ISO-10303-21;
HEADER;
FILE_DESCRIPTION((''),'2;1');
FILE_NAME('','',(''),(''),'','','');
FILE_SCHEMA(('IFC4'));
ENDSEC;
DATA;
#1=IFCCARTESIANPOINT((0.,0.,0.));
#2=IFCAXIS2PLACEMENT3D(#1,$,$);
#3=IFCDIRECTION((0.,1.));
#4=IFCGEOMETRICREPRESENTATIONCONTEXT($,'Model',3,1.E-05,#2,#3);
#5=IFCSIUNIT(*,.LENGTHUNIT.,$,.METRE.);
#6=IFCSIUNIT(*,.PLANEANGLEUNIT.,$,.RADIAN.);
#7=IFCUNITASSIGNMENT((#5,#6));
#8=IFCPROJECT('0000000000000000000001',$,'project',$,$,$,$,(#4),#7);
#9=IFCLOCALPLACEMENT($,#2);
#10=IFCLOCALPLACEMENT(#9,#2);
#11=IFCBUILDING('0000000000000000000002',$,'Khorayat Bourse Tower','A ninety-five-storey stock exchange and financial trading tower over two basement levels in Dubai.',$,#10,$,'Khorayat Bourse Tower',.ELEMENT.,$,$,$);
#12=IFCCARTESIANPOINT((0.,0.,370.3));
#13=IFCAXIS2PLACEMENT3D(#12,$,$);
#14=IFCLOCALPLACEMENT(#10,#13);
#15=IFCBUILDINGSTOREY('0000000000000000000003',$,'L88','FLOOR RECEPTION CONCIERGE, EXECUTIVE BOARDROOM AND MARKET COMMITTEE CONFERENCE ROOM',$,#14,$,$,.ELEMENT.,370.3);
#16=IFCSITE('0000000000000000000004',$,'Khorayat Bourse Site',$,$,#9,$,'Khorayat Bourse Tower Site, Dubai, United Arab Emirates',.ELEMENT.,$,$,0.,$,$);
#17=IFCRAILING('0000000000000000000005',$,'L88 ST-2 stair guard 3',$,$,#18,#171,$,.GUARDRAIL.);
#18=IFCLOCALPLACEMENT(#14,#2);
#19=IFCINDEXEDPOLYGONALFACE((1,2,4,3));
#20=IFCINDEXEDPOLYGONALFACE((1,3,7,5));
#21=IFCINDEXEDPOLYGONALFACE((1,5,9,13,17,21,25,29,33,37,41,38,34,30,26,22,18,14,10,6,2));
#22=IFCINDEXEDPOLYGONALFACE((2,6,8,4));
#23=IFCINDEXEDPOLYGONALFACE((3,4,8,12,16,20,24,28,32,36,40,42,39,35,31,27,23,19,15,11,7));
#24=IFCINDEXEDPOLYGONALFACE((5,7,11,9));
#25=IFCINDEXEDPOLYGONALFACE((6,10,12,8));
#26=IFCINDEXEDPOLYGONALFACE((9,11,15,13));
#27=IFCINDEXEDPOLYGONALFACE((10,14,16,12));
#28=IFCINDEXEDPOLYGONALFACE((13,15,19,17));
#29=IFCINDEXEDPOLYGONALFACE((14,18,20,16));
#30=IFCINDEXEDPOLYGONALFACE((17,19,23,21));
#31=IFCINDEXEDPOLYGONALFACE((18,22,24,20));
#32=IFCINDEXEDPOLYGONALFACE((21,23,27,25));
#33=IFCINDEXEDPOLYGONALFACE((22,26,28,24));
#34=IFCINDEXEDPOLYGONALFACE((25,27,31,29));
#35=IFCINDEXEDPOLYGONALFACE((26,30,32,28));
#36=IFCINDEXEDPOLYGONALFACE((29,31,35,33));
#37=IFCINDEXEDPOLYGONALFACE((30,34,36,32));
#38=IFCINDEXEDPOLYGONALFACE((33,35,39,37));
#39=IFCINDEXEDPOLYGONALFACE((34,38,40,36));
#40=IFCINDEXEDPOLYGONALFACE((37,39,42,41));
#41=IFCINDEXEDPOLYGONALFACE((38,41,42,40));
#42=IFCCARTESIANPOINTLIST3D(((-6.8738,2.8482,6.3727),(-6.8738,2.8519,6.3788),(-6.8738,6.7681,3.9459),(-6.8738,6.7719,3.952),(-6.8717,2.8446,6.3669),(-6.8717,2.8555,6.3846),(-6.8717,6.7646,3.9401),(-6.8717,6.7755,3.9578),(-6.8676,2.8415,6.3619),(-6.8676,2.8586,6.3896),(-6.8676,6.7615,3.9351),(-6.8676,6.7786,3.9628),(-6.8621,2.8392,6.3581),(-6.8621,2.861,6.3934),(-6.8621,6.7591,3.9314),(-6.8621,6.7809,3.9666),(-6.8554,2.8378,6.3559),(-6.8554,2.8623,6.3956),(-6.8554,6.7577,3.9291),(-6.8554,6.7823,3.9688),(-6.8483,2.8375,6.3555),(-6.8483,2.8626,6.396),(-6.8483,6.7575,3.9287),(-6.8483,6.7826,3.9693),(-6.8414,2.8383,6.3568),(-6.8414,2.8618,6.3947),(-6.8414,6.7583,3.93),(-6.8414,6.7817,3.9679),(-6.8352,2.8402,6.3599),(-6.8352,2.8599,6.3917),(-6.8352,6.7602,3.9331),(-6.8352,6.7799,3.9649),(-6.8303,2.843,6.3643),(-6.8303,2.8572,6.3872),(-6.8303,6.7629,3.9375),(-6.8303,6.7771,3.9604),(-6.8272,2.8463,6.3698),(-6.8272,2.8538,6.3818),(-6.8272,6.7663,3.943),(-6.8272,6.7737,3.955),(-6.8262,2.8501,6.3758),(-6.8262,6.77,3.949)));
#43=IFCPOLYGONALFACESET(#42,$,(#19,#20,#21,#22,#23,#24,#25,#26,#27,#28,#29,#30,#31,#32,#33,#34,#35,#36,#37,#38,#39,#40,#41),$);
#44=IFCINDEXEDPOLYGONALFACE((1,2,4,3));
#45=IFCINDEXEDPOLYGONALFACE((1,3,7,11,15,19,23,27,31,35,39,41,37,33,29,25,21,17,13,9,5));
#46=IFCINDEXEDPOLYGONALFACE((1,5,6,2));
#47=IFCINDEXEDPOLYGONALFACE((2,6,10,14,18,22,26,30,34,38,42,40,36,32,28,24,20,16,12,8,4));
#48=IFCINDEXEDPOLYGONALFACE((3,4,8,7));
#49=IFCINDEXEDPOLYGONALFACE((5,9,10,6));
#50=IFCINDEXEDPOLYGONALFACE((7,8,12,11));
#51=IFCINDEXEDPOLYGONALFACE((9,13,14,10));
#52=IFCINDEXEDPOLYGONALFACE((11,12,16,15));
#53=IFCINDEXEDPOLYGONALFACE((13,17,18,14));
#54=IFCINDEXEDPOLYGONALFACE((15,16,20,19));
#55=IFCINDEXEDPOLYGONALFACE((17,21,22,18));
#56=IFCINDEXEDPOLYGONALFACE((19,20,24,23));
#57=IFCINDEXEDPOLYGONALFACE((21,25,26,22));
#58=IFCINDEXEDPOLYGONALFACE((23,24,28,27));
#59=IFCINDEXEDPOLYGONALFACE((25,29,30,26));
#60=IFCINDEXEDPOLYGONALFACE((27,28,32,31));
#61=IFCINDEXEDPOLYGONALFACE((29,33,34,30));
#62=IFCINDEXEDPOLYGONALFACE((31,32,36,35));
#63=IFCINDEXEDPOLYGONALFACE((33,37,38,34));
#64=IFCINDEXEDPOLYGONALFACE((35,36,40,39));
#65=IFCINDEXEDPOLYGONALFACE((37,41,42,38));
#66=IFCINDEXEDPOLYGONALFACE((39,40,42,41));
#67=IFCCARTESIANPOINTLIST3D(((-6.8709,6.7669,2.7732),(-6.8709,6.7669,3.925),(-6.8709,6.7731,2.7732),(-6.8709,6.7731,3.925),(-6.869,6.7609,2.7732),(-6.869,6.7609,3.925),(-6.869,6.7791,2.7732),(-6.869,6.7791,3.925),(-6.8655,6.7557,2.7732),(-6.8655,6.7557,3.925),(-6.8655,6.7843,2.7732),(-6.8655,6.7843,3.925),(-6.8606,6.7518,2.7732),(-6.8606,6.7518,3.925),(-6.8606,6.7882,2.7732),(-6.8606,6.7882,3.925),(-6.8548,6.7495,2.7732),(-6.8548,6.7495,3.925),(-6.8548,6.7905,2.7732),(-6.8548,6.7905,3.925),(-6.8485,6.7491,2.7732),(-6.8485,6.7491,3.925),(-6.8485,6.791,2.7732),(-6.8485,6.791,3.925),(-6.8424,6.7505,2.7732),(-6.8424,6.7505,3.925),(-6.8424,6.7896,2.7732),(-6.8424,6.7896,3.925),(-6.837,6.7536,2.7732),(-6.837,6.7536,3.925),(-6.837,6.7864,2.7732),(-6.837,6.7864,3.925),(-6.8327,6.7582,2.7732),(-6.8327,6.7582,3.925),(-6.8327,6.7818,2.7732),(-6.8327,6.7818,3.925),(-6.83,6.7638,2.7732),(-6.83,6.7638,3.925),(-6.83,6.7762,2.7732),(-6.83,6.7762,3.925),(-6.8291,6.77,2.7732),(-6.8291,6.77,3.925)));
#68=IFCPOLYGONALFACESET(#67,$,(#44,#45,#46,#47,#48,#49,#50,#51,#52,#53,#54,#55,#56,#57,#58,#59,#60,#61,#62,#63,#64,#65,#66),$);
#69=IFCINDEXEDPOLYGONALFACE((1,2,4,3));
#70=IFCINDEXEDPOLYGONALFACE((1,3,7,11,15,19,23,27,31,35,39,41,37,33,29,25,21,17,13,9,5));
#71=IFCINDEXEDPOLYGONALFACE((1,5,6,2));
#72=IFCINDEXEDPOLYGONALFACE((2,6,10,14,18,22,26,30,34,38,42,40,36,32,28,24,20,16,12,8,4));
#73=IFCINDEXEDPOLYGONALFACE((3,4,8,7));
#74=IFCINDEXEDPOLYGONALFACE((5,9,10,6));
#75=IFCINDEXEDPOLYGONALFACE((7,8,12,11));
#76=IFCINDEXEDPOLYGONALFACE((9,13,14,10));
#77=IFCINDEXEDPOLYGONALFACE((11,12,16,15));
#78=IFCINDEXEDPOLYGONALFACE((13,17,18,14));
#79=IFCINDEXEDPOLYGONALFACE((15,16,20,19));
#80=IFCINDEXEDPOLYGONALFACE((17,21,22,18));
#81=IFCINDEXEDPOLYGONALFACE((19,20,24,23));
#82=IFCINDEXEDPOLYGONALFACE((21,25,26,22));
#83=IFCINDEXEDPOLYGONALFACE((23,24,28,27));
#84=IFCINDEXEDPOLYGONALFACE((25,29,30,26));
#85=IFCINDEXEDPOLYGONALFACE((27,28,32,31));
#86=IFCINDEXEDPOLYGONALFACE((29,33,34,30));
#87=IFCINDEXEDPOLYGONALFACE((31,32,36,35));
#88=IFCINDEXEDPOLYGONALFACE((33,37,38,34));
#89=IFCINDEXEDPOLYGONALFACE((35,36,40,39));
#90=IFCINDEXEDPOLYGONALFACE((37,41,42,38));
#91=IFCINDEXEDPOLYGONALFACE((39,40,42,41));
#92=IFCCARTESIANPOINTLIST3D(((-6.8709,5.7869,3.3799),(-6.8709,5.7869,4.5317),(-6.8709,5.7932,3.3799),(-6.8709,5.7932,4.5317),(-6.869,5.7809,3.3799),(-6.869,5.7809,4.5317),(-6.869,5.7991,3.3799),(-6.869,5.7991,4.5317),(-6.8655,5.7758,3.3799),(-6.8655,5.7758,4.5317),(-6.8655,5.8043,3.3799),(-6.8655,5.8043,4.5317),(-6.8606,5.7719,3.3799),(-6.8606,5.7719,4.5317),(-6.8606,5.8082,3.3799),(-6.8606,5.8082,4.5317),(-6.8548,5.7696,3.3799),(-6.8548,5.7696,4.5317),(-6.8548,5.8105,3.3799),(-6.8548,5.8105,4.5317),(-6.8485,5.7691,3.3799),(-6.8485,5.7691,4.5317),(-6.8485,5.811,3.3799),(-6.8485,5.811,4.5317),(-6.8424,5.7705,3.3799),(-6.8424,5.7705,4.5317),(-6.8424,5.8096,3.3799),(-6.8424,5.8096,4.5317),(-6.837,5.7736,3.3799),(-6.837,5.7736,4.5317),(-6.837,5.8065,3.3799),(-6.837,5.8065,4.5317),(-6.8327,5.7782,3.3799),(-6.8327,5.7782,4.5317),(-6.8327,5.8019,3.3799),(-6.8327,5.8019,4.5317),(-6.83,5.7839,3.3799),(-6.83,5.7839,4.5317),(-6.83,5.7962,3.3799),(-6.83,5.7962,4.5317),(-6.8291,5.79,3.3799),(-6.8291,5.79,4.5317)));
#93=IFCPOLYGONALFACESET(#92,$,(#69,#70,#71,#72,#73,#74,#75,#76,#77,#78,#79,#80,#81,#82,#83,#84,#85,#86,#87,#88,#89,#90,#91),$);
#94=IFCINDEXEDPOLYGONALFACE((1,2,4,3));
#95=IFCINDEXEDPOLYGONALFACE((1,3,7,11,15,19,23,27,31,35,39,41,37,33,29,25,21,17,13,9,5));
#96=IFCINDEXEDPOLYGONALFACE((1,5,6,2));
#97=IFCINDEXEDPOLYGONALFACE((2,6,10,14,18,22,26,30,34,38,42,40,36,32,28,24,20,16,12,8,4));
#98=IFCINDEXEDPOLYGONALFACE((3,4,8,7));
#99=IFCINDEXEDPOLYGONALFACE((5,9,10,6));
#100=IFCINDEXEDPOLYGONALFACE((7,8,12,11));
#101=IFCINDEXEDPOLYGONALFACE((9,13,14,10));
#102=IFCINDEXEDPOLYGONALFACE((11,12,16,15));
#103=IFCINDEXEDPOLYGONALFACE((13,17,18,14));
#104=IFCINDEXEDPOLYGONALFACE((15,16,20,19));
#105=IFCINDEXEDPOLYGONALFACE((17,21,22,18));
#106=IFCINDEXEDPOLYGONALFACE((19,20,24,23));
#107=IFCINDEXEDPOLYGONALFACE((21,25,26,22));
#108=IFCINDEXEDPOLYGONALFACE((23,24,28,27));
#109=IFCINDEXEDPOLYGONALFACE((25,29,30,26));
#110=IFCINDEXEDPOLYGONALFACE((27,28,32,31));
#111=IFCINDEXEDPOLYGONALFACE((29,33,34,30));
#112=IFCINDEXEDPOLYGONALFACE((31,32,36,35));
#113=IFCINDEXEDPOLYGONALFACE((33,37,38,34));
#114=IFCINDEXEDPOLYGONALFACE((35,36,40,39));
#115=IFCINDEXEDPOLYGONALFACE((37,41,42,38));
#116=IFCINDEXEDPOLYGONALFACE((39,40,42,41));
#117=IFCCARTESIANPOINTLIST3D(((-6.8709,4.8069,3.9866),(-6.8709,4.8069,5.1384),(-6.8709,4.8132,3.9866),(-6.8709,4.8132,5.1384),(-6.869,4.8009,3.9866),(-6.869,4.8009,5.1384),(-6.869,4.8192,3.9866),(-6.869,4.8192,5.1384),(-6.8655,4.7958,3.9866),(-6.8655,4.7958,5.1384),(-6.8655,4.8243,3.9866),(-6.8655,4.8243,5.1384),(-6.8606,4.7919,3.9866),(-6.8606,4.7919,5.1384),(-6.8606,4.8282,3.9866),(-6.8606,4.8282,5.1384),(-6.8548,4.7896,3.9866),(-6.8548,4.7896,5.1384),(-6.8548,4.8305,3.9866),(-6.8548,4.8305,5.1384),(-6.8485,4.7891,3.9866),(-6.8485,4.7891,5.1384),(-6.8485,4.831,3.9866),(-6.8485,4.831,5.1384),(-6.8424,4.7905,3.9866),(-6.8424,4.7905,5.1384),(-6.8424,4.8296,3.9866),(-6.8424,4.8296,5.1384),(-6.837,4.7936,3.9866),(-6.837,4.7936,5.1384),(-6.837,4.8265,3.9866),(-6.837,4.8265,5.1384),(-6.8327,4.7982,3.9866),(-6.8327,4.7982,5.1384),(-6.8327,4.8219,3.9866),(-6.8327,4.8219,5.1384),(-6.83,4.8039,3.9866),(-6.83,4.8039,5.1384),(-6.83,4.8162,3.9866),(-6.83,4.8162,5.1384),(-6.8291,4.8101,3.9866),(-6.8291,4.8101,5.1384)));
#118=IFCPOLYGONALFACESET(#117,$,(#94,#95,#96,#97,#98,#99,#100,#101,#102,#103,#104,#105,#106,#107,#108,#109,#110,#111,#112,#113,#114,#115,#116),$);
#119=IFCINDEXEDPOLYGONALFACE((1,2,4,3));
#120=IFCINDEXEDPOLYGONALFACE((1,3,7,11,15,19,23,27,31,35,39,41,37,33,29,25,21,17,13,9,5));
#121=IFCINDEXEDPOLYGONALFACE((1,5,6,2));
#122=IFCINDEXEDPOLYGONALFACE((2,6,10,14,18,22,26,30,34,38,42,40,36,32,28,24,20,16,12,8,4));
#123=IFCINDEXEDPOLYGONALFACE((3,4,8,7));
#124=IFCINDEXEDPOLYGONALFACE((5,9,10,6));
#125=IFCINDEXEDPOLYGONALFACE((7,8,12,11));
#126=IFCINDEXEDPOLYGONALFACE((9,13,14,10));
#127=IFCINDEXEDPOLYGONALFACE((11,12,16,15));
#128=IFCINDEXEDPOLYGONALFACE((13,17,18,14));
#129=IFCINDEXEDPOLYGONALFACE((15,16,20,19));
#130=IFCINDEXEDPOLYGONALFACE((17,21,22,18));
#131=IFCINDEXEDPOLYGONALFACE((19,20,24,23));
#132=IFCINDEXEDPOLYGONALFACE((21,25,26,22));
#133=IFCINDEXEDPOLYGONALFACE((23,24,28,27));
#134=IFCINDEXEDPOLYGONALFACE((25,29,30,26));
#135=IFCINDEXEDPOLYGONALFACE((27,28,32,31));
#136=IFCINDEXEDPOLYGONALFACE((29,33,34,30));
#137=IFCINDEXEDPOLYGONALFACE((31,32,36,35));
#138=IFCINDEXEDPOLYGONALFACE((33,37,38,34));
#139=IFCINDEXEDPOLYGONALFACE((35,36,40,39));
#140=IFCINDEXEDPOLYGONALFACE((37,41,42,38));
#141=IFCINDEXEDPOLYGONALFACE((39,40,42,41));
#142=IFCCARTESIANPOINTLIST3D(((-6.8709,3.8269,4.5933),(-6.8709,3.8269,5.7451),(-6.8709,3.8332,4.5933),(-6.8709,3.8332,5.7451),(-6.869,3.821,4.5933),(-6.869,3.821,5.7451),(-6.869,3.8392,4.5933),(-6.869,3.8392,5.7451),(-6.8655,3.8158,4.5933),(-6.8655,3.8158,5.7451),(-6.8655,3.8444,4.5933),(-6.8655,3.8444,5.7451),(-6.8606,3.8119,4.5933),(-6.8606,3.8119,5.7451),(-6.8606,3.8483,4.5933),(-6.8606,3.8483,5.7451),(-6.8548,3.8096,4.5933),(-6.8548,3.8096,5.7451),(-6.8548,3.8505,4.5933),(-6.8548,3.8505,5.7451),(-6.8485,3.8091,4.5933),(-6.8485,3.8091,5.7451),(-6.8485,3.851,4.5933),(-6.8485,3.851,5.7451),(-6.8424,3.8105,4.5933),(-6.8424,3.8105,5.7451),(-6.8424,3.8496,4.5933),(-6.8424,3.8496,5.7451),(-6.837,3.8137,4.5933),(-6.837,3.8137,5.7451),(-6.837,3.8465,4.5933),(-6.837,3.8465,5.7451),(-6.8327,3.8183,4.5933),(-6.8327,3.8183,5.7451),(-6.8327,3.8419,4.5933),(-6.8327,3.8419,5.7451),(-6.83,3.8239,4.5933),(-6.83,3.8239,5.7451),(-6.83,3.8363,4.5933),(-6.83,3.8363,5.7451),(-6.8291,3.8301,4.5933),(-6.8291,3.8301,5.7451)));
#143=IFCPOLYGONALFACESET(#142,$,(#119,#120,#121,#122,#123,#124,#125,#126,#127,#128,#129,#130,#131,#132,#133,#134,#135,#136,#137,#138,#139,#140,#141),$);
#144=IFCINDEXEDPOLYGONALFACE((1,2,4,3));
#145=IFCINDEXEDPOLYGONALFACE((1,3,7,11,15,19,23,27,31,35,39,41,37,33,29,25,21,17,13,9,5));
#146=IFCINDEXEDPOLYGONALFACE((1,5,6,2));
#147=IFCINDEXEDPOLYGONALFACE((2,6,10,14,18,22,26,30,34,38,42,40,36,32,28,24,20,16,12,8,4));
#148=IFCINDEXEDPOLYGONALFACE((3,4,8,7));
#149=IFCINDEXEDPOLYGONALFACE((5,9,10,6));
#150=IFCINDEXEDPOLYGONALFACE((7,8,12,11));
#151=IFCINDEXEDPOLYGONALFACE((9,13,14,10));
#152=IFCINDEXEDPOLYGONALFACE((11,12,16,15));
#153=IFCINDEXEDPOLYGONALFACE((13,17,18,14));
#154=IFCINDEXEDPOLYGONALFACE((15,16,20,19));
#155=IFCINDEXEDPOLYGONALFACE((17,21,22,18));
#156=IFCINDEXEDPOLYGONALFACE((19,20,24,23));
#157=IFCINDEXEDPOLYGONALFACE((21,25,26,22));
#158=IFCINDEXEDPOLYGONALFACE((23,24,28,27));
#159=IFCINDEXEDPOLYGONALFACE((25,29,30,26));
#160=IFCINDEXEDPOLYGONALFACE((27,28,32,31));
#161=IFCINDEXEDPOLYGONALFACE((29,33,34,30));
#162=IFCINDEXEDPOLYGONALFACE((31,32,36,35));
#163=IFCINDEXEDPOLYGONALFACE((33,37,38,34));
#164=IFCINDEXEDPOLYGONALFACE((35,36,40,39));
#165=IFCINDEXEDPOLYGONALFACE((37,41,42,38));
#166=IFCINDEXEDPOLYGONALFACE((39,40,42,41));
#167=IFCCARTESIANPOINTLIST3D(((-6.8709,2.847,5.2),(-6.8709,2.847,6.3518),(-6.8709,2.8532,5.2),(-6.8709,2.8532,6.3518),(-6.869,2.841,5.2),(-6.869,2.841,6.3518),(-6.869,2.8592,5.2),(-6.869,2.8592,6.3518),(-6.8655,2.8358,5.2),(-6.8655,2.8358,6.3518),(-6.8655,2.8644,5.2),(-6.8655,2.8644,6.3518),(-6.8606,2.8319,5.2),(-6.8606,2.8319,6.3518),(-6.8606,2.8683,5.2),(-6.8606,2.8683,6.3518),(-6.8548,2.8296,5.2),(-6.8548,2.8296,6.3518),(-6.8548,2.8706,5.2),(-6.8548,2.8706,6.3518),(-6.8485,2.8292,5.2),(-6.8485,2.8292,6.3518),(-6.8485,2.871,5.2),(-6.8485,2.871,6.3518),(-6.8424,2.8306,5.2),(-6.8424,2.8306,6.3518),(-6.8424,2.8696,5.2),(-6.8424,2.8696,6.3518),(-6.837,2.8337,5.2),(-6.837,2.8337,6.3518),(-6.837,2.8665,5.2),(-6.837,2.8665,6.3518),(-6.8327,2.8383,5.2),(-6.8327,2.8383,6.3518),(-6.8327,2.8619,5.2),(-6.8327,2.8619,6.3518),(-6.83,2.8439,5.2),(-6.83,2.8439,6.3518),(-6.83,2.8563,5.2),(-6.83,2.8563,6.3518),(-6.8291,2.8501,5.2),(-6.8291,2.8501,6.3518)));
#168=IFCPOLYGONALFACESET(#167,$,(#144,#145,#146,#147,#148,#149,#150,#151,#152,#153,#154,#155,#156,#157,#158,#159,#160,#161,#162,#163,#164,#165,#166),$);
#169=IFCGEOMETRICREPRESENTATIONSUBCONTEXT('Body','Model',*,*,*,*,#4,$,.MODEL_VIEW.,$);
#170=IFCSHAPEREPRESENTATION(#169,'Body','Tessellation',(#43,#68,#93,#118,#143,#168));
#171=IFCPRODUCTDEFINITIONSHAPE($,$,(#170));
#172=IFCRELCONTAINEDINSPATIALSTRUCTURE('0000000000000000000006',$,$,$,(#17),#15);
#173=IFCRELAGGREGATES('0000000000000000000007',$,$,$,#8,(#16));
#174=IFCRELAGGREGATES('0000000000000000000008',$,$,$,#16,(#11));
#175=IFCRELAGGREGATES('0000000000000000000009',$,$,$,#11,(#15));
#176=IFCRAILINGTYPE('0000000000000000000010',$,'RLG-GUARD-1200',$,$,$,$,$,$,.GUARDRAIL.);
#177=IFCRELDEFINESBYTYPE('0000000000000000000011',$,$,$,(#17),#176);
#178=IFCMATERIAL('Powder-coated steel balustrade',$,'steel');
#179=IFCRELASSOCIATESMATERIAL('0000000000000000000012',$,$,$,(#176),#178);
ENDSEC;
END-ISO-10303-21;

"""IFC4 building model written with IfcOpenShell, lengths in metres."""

from ifc_helpers import new_model, si_unit, direction, frame, origin, origin_2d, place, context, subcontext, project, spatial, circle, extrude, source, transform, mapped, material, type_object, element, save


model = new_model("IFC4")

# Units and contexts
model_context = context("Model", 3, precision=1e-05, world=origin(), true_north=direction((0.0, 1.0)))
body_context = subcontext(model_context, "Body", "Model", "MODEL_VIEW")
ifc_project = project(units=[si_unit("LENGTHUNIT", "METRE"), si_unit("PLANEANGLEUNIT", "RADIAN")], contexts=[model_context])

# Site, building, storey
site_placement = place(None, origin())
site = spatial("IfcSite", under=ifc_project, at=site_placement, Name="Khorayat Bourse Site", LongName="Khorayat Bourse Tower Site, Dubai, United Arab Emirates", CompositionType="ELEMENT", RefElevation=0.0)
building_placement = place(site_placement, origin())
building = spatial("IfcBuilding", under=site, at=building_placement, Name="Khorayat Bourse Tower", Description="A ninety-five-storey stock exchange and financial trading tower over two basement levels in Dubai.", LongName="Khorayat Bourse Tower", CompositionType="ELEMENT")
storey_placement = place(building_placement, frame((0.0, 0.0, 370.3)))
storey = spatial("IfcBuildingStorey", under=building, at=storey_placement, Name="L88", Description="FLOOR RECEPTION CONCIERGE, EXECUTIVE BOARDROOM AND MARKET COMMITTEE CONFERENCE ROOM", CompositionType="ELEMENT", Elevation=370.3)

# Railing
ifc_material_1 = material(Name="Powder-coated steel balustrade", Category="steel")
railing_type_1 = type_object("IfcRailingType", Name="RLG-GUARD-1200", PredefinedType="GUARDRAIL", material=ifc_material_1)
shared_shape_1 = source(origin(), body_context, "Body", "SweptSolid", [
    extrude(circle(Radius=0.0239, at=origin_2d()), frame((0.0, 0.0, 1.1758), z_axis=(0.0, -0.850252, 0.526376), x_axis=(1.0, 0.0, 0.0)), (0.0, 0.0, 1.0), 4.6104),
    extrude(circle(Radius=0.021, at=origin_2d()), origin(), (0.0, 0.0, 1.0), 1.1519),
    extrude(circle(Radius=0.021, at=origin_2d()), frame((0.0, -0.98, 0.6067)), (0.0, 0.0, 1.0), 1.1519),
    extrude(circle(Radius=0.021, at=origin_2d()), frame((0.0, -1.96, 1.2134)), (0.0, 0.0, 1.0), 1.1519),
    extrude(circle(Radius=0.021, at=origin_2d()), frame((0.0, -2.9399, 1.8201)), (0.0, 0.0, 1.0), 1.1519),
    extrude(circle(Radius=0.021, at=origin_2d()), frame((0.0, -3.9199, 2.4268)), (0.0, 0.0, 1.0), 1.1519),
])
railing_1_placement = place(storey_placement, frame((-6.8501, 6.77, 2.7732)))
element("IfcRailing", 1, at=railing_1_placement, inside=storey, type_object=railing_type_1, Name="L88 ST-2 stair guard 3", PredefinedType="GUARDRAIL", context=body_context, shape_type="MappedRepresentation", body=[
    mapped(shared_shape_1, transform((0.0, 0.0, 0.0), scale=1.0)),
])

save(model, "model.ifc")
